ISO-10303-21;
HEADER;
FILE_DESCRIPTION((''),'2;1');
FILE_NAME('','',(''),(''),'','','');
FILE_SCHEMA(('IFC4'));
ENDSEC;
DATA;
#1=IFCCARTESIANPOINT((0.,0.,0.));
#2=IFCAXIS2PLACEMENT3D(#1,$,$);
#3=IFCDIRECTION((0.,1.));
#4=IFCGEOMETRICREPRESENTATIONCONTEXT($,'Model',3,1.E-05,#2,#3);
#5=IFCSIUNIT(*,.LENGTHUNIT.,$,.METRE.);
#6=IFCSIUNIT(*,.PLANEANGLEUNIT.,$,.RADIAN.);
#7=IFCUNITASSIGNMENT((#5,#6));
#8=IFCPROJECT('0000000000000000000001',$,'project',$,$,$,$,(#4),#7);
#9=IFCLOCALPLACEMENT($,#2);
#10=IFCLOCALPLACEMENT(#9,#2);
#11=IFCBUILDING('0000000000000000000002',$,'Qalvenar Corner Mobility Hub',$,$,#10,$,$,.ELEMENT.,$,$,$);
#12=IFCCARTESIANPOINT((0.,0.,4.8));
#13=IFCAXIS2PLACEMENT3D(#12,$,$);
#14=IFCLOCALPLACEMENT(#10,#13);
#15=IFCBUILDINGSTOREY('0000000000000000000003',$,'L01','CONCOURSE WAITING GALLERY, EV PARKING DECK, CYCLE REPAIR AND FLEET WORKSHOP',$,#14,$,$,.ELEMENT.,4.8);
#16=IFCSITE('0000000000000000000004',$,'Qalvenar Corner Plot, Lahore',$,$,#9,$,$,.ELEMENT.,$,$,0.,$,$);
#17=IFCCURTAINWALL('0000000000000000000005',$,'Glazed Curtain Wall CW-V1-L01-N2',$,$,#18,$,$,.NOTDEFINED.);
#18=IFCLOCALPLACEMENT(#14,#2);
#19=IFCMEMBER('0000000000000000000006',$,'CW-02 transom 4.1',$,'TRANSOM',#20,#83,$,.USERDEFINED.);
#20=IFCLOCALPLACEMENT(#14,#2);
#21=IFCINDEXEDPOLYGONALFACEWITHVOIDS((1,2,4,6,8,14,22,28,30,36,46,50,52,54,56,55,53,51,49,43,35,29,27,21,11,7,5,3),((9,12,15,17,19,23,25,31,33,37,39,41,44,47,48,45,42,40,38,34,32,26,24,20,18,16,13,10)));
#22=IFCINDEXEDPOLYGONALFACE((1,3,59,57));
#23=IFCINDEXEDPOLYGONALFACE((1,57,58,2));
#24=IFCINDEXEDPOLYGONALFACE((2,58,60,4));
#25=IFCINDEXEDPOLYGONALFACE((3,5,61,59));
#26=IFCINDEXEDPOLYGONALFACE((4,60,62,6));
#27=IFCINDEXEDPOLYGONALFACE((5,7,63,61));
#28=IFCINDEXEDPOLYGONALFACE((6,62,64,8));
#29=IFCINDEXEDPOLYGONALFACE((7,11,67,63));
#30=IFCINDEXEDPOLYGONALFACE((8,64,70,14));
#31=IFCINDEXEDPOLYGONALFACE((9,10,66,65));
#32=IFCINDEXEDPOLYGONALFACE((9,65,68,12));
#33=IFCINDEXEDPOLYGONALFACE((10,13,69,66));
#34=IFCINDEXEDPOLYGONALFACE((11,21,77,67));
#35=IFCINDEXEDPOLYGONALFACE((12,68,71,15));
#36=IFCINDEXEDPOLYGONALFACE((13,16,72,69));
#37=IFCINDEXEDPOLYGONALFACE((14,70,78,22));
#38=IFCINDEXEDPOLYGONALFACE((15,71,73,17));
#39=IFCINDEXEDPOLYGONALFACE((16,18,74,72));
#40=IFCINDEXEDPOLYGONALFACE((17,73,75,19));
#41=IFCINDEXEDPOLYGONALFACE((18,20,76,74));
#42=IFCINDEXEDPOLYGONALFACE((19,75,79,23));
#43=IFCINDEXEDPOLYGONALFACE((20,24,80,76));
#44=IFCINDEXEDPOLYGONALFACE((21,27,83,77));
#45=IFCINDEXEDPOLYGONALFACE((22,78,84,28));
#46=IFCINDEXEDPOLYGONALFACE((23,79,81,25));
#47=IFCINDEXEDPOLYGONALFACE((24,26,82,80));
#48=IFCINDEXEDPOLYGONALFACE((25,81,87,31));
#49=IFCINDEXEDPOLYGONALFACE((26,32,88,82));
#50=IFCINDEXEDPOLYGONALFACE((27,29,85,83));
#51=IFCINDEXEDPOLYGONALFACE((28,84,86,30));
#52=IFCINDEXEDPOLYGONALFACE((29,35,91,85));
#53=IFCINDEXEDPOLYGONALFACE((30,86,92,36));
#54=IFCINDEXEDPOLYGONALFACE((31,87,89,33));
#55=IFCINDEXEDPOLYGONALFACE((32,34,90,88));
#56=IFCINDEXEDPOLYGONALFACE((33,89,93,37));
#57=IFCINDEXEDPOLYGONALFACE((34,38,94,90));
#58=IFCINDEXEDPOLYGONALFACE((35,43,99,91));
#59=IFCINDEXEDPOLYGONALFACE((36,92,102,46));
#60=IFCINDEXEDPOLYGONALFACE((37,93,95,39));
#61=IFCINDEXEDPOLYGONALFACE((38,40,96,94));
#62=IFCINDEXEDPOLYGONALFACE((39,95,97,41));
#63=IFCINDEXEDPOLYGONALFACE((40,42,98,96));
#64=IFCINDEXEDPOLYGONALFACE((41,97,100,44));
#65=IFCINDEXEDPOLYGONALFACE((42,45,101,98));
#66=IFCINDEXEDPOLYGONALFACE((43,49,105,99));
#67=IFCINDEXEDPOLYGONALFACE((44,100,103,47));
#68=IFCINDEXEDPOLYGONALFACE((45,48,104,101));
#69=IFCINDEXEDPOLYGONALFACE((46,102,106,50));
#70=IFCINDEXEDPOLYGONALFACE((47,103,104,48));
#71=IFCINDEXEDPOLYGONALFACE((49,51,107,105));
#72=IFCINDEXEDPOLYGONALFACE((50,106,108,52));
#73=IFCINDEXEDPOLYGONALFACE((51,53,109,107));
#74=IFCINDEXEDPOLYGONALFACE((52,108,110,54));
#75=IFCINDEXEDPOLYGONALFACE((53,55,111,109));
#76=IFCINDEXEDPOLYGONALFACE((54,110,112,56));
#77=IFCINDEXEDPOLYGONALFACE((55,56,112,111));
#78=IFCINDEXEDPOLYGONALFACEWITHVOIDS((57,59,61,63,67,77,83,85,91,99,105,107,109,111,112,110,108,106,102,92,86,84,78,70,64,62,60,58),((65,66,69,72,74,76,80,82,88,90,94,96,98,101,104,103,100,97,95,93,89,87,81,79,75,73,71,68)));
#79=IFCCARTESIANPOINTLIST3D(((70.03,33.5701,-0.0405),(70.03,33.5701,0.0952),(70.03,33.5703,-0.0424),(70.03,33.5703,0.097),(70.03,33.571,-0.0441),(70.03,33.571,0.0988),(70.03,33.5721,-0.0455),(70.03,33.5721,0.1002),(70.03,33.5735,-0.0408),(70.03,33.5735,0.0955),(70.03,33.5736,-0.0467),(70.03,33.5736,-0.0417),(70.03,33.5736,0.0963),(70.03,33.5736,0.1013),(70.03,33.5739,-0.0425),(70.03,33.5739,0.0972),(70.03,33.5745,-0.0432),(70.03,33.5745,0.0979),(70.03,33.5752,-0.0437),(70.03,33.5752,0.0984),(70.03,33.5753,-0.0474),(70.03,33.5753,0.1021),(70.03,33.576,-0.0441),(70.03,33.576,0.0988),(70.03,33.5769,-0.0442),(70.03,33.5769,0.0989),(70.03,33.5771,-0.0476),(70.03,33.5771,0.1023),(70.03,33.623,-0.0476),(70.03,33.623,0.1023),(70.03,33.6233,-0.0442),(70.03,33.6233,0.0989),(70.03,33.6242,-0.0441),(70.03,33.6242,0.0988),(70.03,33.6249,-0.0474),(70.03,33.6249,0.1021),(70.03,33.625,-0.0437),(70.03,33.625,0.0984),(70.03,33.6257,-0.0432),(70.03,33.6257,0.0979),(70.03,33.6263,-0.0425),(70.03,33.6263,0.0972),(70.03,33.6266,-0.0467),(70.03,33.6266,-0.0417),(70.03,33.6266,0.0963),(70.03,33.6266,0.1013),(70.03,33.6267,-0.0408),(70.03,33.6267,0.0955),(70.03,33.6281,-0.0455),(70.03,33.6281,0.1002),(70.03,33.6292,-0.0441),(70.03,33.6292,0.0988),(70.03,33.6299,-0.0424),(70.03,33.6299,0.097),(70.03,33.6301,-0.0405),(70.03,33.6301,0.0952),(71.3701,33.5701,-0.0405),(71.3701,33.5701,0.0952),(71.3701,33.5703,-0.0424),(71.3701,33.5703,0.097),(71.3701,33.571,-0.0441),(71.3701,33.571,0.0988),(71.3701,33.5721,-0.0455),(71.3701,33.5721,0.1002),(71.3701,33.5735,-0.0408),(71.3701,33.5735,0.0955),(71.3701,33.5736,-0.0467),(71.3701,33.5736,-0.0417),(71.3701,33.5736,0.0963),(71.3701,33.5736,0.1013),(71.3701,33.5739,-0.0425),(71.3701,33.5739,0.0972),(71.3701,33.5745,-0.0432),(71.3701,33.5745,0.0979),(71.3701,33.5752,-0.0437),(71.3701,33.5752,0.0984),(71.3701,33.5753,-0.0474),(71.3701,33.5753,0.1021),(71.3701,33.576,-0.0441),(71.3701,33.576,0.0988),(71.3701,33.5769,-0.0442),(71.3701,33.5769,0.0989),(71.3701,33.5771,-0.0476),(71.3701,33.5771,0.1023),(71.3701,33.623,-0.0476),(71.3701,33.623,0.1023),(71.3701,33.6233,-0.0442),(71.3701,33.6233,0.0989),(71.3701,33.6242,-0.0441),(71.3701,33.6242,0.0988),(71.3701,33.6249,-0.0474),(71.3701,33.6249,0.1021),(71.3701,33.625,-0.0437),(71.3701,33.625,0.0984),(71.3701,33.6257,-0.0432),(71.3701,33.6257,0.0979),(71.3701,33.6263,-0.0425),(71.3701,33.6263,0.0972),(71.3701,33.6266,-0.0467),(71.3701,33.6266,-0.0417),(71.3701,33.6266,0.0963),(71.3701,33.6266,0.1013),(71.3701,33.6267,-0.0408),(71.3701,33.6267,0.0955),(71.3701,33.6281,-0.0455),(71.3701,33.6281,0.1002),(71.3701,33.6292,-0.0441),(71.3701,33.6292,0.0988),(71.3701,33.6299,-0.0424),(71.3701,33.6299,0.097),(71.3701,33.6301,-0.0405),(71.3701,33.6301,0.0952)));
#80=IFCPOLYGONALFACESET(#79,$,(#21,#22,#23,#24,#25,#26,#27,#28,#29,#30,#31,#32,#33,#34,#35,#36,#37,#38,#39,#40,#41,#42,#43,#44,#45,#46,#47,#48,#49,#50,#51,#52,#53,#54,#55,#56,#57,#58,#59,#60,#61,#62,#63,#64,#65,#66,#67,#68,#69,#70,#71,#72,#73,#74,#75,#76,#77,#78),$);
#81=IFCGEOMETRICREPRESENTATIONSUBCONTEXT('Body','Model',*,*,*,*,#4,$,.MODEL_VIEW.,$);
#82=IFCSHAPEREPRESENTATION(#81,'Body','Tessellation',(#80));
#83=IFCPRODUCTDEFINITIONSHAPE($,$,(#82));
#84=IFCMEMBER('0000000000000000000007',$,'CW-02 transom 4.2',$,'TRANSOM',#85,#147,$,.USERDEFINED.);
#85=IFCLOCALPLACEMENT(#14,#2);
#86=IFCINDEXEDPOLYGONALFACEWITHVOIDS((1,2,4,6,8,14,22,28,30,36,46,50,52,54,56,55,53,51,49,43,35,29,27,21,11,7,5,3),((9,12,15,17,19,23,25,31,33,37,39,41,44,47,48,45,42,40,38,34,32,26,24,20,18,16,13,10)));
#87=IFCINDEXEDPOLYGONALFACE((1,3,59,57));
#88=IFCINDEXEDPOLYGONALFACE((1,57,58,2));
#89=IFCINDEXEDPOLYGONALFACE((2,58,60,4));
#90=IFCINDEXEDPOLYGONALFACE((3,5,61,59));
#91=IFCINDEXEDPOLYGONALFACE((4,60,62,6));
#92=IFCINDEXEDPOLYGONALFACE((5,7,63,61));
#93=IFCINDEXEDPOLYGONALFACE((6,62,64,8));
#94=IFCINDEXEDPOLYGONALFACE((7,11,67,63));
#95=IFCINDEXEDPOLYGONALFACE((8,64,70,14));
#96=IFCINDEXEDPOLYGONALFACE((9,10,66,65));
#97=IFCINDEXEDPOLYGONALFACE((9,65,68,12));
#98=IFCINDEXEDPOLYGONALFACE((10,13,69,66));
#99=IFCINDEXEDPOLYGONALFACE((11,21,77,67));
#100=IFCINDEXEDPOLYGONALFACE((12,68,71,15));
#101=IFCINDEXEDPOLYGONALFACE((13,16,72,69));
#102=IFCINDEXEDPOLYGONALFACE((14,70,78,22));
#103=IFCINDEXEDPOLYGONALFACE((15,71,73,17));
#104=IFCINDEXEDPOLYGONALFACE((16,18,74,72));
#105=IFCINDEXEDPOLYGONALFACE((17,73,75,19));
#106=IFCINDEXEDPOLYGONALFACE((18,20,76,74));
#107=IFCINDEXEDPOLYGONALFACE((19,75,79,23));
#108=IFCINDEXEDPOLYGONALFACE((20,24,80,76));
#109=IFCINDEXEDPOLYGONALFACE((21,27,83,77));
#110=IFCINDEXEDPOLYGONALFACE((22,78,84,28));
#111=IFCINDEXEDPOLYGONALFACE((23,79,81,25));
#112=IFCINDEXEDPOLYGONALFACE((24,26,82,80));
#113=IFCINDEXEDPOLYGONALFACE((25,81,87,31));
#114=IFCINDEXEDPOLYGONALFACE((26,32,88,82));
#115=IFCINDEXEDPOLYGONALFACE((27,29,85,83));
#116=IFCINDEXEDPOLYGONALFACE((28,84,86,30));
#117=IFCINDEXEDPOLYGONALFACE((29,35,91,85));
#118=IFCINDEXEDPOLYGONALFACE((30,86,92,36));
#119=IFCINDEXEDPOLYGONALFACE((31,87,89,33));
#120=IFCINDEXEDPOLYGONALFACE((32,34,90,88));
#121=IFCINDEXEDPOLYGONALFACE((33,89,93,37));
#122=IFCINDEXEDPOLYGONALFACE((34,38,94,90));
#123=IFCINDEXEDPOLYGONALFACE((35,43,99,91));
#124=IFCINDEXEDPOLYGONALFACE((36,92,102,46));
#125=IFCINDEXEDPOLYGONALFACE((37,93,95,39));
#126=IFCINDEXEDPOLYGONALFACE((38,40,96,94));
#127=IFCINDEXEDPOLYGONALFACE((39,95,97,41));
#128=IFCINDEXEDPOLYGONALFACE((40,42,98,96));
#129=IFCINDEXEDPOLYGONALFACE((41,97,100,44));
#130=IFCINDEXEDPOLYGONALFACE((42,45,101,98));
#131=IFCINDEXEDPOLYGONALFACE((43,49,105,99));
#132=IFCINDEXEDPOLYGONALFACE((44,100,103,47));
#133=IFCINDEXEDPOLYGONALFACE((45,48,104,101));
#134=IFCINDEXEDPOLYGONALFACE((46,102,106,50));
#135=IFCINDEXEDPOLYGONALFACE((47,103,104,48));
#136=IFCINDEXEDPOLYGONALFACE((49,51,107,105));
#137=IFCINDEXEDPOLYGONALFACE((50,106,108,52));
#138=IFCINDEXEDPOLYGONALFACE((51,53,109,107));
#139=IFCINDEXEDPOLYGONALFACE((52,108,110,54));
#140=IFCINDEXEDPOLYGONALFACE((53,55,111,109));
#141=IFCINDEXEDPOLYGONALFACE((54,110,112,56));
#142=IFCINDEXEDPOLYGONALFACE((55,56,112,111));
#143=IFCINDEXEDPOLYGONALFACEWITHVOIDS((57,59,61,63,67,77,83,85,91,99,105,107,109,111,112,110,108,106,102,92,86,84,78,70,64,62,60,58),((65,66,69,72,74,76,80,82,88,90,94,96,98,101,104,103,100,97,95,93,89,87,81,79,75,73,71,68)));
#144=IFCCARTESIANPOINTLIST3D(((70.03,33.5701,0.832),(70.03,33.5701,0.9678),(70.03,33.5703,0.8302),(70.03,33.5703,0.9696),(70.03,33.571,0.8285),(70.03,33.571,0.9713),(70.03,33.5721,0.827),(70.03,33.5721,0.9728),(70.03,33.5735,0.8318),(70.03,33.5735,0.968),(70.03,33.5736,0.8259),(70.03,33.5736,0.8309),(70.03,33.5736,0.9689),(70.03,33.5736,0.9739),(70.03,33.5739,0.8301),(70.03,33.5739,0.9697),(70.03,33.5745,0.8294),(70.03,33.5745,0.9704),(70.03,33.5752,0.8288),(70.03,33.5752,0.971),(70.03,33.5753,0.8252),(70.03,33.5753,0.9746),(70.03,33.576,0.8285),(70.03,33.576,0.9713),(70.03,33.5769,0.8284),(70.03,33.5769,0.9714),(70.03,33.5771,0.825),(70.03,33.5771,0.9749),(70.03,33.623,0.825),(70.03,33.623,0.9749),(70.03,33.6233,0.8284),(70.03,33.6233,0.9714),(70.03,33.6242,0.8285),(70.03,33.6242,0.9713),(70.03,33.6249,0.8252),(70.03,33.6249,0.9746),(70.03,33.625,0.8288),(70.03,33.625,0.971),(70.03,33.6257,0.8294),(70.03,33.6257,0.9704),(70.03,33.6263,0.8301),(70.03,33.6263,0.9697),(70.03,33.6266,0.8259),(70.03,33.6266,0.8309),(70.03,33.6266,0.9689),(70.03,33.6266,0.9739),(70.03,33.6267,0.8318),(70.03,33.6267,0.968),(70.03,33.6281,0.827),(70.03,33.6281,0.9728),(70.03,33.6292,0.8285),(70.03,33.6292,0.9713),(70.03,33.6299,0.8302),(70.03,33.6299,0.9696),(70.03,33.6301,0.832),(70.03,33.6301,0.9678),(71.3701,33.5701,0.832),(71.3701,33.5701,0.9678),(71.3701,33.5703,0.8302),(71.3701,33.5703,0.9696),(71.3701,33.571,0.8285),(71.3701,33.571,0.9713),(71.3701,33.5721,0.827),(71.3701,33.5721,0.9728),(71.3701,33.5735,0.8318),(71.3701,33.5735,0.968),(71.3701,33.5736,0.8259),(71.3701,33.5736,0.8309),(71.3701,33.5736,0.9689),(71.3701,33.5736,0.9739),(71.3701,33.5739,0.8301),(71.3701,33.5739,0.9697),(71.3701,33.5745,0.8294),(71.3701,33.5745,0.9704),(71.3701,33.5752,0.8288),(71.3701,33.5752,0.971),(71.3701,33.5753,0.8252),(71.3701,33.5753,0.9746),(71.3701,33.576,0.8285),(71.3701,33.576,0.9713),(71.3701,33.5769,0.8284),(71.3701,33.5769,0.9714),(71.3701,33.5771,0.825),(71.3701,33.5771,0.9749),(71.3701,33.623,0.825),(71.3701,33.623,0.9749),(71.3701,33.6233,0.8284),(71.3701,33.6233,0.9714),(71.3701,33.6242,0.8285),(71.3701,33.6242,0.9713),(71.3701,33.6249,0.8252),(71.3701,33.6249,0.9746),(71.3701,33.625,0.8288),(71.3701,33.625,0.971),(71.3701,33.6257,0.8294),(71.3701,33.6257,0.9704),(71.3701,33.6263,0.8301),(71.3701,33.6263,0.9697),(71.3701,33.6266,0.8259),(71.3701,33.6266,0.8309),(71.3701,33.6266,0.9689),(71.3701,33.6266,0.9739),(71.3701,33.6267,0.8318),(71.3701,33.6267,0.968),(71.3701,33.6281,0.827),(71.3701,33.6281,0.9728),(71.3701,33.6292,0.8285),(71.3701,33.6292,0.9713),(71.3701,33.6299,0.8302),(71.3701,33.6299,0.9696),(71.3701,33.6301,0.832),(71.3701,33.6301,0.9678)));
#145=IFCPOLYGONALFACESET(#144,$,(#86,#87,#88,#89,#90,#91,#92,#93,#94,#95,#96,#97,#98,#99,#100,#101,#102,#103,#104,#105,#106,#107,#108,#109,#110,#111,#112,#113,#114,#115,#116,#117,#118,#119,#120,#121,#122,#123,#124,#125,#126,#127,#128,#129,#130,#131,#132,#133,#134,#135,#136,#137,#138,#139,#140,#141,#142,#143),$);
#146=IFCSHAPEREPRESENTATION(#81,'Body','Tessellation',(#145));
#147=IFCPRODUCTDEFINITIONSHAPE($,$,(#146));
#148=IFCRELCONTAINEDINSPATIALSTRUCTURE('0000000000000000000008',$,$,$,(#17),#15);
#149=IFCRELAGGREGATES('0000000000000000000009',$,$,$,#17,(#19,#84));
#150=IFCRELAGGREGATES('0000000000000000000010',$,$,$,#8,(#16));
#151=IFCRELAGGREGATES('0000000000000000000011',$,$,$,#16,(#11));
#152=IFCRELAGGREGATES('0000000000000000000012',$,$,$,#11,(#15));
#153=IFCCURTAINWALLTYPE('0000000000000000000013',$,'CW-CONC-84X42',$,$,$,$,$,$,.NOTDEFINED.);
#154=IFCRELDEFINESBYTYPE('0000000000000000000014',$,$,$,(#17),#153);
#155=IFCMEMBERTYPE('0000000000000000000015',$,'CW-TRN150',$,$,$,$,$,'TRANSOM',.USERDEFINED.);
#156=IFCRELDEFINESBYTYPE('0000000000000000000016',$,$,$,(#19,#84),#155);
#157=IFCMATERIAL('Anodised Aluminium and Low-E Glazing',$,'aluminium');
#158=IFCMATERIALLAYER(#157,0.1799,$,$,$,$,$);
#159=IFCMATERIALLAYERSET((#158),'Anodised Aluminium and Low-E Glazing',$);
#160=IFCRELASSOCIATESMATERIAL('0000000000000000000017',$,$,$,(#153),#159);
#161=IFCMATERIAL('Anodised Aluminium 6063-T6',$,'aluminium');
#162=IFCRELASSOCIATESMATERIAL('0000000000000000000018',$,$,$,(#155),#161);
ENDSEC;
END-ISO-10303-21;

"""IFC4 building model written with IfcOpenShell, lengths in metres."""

from ifc_helpers import new_model, si_unit, direction, frame, origin, origin_2d, place, context, subcontext, project, spatial, hollow_rectangle, extrude, material, layer, layer_set, material_profile, profile_set, type_object, element, aggregate, save


model = new_model("IFC4")

# Units and contexts
model_context = context("Model", 3, precision=1e-05, world=origin(), true_north=direction((0.0, 1.0)))
body_context = subcontext(model_context, "Body", "Model", "MODEL_VIEW")
ifc_project = project(units=[si_unit("LENGTHUNIT", "METRE"), si_unit("PLANEANGLEUNIT", "RADIAN")], contexts=[model_context])

# Site, building, storey
site_placement = place(None, origin())
site = spatial("IfcSite", under=ifc_project, at=site_placement, Name="Qalvenar Corner Plot, Lahore", CompositionType="ELEMENT", RefElevation=0.0)
building_placement = place(site_placement, origin())
building = spatial("IfcBuilding", under=site, at=building_placement, Name="Qalvenar Corner Mobility Hub", CompositionType="ELEMENT")
storey_placement = place(building_placement, frame((0.0, 0.0, 4.8)))
storey = spatial("IfcBuildingStorey", under=building, at=storey_placement, Name="L01", Description="CONCOURSE WAITING GALLERY, EV PARKING DECK, CYCLE REPAIR AND FLEET WORKSHOP", CompositionType="ELEMENT", Elevation=4.8)

# Shared definitions
ifc_material_1 = material(Name="Anodised Aluminium and Low-E Glazing", Category="aluminium")
ifc_layer_1 = layer(ifc_material_1, 0.1799)
ifc_layer_set_1 = layer_set([ifc_layer_1], Name="Anodised Aluminium and Low-E Glazing")
curtain_wall_type = type_object("IfcCurtainWallType", Name="CW-CONC-84X42", PredefinedType="NOTDEFINED", material=ifc_layer_set_1)
ifc_material_2 = material(Name="Anodised Aluminium 6063-T6", Category="aluminium")

# Curtain wall
curtain_wall_1_placement = place(storey_placement, origin())
curtain_wall_1 = element("IfcCurtainWall", 1, at=curtain_wall_1_placement, inside=storey, type_object=curtain_wall_type, Name="Glazed Curtain Wall CW-V1-L01-N2", PredefinedType="NOTDEFINED")

# Members
ifc_material_profile_1 = material_profile(ifc_material_2, hollow_rectangle(XDim=0.0601, YDim=0.1499, WallThickness=0.0034, InnerFilletRadius=0.0034, OuterFilletRadius=0.0071, at=origin_2d()), Name="RHS150x60x3.5")
ifc_profile_set_1 = profile_set([ifc_material_profile_1], Name="Anodised Aluminium 6063-T6")
member_type_1 = type_object("IfcMemberType", Name="CW-TRN150", ElementType="TRANSOM", PredefinedType="USERDEFINED", material=ifc_profile_set_1)
member_1_placement = place(storey_placement, frame((71.3701, 33.6001, 0.0273), z_axis=(-1.0, 0.0, 0.0), x_axis=(0.0, -1.0, 0.0)))
member_1 = element("IfcMember", 2, at=member_1_placement, type_object=member_type_1, Name="CW-02 transom 4.1", ObjectType="TRANSOM", PredefinedType="USERDEFINED", context=body_context, shape_type="SweptSolid", body=[
    extrude(hollow_rectangle(XDim=0.0601, YDim=0.1499, WallThickness=0.0034, InnerFilletRadius=0.0034, OuterFilletRadius=0.0071, at=origin_2d()), origin(), (0.0, 0.0, 1.0), 1.3401),
])
member_2_placement = place(storey_placement, frame((71.3701, 33.6001, 0.8999), z_axis=(-1.0, 0.0, 0.0), x_axis=(0.0, -1.0, 0.0)))
member_2 = element("IfcMember", 3, at=member_2_placement, type_object=member_type_1, Name="CW-02 transom 4.2", ObjectType="TRANSOM", PredefinedType="USERDEFINED", context=body_context, shape_type="SweptSolid", body=[
    extrude(hollow_rectangle(XDim=0.0601, YDim=0.1499, WallThickness=0.0034, InnerFilletRadius=0.0034, OuterFilletRadius=0.0071, at=origin_2d()), origin(), (0.0, 0.0, 1.0), 1.3401),
])

aggregate(curtain_wall_1, [member_1, member_2])

save(model, "model.ifc")
